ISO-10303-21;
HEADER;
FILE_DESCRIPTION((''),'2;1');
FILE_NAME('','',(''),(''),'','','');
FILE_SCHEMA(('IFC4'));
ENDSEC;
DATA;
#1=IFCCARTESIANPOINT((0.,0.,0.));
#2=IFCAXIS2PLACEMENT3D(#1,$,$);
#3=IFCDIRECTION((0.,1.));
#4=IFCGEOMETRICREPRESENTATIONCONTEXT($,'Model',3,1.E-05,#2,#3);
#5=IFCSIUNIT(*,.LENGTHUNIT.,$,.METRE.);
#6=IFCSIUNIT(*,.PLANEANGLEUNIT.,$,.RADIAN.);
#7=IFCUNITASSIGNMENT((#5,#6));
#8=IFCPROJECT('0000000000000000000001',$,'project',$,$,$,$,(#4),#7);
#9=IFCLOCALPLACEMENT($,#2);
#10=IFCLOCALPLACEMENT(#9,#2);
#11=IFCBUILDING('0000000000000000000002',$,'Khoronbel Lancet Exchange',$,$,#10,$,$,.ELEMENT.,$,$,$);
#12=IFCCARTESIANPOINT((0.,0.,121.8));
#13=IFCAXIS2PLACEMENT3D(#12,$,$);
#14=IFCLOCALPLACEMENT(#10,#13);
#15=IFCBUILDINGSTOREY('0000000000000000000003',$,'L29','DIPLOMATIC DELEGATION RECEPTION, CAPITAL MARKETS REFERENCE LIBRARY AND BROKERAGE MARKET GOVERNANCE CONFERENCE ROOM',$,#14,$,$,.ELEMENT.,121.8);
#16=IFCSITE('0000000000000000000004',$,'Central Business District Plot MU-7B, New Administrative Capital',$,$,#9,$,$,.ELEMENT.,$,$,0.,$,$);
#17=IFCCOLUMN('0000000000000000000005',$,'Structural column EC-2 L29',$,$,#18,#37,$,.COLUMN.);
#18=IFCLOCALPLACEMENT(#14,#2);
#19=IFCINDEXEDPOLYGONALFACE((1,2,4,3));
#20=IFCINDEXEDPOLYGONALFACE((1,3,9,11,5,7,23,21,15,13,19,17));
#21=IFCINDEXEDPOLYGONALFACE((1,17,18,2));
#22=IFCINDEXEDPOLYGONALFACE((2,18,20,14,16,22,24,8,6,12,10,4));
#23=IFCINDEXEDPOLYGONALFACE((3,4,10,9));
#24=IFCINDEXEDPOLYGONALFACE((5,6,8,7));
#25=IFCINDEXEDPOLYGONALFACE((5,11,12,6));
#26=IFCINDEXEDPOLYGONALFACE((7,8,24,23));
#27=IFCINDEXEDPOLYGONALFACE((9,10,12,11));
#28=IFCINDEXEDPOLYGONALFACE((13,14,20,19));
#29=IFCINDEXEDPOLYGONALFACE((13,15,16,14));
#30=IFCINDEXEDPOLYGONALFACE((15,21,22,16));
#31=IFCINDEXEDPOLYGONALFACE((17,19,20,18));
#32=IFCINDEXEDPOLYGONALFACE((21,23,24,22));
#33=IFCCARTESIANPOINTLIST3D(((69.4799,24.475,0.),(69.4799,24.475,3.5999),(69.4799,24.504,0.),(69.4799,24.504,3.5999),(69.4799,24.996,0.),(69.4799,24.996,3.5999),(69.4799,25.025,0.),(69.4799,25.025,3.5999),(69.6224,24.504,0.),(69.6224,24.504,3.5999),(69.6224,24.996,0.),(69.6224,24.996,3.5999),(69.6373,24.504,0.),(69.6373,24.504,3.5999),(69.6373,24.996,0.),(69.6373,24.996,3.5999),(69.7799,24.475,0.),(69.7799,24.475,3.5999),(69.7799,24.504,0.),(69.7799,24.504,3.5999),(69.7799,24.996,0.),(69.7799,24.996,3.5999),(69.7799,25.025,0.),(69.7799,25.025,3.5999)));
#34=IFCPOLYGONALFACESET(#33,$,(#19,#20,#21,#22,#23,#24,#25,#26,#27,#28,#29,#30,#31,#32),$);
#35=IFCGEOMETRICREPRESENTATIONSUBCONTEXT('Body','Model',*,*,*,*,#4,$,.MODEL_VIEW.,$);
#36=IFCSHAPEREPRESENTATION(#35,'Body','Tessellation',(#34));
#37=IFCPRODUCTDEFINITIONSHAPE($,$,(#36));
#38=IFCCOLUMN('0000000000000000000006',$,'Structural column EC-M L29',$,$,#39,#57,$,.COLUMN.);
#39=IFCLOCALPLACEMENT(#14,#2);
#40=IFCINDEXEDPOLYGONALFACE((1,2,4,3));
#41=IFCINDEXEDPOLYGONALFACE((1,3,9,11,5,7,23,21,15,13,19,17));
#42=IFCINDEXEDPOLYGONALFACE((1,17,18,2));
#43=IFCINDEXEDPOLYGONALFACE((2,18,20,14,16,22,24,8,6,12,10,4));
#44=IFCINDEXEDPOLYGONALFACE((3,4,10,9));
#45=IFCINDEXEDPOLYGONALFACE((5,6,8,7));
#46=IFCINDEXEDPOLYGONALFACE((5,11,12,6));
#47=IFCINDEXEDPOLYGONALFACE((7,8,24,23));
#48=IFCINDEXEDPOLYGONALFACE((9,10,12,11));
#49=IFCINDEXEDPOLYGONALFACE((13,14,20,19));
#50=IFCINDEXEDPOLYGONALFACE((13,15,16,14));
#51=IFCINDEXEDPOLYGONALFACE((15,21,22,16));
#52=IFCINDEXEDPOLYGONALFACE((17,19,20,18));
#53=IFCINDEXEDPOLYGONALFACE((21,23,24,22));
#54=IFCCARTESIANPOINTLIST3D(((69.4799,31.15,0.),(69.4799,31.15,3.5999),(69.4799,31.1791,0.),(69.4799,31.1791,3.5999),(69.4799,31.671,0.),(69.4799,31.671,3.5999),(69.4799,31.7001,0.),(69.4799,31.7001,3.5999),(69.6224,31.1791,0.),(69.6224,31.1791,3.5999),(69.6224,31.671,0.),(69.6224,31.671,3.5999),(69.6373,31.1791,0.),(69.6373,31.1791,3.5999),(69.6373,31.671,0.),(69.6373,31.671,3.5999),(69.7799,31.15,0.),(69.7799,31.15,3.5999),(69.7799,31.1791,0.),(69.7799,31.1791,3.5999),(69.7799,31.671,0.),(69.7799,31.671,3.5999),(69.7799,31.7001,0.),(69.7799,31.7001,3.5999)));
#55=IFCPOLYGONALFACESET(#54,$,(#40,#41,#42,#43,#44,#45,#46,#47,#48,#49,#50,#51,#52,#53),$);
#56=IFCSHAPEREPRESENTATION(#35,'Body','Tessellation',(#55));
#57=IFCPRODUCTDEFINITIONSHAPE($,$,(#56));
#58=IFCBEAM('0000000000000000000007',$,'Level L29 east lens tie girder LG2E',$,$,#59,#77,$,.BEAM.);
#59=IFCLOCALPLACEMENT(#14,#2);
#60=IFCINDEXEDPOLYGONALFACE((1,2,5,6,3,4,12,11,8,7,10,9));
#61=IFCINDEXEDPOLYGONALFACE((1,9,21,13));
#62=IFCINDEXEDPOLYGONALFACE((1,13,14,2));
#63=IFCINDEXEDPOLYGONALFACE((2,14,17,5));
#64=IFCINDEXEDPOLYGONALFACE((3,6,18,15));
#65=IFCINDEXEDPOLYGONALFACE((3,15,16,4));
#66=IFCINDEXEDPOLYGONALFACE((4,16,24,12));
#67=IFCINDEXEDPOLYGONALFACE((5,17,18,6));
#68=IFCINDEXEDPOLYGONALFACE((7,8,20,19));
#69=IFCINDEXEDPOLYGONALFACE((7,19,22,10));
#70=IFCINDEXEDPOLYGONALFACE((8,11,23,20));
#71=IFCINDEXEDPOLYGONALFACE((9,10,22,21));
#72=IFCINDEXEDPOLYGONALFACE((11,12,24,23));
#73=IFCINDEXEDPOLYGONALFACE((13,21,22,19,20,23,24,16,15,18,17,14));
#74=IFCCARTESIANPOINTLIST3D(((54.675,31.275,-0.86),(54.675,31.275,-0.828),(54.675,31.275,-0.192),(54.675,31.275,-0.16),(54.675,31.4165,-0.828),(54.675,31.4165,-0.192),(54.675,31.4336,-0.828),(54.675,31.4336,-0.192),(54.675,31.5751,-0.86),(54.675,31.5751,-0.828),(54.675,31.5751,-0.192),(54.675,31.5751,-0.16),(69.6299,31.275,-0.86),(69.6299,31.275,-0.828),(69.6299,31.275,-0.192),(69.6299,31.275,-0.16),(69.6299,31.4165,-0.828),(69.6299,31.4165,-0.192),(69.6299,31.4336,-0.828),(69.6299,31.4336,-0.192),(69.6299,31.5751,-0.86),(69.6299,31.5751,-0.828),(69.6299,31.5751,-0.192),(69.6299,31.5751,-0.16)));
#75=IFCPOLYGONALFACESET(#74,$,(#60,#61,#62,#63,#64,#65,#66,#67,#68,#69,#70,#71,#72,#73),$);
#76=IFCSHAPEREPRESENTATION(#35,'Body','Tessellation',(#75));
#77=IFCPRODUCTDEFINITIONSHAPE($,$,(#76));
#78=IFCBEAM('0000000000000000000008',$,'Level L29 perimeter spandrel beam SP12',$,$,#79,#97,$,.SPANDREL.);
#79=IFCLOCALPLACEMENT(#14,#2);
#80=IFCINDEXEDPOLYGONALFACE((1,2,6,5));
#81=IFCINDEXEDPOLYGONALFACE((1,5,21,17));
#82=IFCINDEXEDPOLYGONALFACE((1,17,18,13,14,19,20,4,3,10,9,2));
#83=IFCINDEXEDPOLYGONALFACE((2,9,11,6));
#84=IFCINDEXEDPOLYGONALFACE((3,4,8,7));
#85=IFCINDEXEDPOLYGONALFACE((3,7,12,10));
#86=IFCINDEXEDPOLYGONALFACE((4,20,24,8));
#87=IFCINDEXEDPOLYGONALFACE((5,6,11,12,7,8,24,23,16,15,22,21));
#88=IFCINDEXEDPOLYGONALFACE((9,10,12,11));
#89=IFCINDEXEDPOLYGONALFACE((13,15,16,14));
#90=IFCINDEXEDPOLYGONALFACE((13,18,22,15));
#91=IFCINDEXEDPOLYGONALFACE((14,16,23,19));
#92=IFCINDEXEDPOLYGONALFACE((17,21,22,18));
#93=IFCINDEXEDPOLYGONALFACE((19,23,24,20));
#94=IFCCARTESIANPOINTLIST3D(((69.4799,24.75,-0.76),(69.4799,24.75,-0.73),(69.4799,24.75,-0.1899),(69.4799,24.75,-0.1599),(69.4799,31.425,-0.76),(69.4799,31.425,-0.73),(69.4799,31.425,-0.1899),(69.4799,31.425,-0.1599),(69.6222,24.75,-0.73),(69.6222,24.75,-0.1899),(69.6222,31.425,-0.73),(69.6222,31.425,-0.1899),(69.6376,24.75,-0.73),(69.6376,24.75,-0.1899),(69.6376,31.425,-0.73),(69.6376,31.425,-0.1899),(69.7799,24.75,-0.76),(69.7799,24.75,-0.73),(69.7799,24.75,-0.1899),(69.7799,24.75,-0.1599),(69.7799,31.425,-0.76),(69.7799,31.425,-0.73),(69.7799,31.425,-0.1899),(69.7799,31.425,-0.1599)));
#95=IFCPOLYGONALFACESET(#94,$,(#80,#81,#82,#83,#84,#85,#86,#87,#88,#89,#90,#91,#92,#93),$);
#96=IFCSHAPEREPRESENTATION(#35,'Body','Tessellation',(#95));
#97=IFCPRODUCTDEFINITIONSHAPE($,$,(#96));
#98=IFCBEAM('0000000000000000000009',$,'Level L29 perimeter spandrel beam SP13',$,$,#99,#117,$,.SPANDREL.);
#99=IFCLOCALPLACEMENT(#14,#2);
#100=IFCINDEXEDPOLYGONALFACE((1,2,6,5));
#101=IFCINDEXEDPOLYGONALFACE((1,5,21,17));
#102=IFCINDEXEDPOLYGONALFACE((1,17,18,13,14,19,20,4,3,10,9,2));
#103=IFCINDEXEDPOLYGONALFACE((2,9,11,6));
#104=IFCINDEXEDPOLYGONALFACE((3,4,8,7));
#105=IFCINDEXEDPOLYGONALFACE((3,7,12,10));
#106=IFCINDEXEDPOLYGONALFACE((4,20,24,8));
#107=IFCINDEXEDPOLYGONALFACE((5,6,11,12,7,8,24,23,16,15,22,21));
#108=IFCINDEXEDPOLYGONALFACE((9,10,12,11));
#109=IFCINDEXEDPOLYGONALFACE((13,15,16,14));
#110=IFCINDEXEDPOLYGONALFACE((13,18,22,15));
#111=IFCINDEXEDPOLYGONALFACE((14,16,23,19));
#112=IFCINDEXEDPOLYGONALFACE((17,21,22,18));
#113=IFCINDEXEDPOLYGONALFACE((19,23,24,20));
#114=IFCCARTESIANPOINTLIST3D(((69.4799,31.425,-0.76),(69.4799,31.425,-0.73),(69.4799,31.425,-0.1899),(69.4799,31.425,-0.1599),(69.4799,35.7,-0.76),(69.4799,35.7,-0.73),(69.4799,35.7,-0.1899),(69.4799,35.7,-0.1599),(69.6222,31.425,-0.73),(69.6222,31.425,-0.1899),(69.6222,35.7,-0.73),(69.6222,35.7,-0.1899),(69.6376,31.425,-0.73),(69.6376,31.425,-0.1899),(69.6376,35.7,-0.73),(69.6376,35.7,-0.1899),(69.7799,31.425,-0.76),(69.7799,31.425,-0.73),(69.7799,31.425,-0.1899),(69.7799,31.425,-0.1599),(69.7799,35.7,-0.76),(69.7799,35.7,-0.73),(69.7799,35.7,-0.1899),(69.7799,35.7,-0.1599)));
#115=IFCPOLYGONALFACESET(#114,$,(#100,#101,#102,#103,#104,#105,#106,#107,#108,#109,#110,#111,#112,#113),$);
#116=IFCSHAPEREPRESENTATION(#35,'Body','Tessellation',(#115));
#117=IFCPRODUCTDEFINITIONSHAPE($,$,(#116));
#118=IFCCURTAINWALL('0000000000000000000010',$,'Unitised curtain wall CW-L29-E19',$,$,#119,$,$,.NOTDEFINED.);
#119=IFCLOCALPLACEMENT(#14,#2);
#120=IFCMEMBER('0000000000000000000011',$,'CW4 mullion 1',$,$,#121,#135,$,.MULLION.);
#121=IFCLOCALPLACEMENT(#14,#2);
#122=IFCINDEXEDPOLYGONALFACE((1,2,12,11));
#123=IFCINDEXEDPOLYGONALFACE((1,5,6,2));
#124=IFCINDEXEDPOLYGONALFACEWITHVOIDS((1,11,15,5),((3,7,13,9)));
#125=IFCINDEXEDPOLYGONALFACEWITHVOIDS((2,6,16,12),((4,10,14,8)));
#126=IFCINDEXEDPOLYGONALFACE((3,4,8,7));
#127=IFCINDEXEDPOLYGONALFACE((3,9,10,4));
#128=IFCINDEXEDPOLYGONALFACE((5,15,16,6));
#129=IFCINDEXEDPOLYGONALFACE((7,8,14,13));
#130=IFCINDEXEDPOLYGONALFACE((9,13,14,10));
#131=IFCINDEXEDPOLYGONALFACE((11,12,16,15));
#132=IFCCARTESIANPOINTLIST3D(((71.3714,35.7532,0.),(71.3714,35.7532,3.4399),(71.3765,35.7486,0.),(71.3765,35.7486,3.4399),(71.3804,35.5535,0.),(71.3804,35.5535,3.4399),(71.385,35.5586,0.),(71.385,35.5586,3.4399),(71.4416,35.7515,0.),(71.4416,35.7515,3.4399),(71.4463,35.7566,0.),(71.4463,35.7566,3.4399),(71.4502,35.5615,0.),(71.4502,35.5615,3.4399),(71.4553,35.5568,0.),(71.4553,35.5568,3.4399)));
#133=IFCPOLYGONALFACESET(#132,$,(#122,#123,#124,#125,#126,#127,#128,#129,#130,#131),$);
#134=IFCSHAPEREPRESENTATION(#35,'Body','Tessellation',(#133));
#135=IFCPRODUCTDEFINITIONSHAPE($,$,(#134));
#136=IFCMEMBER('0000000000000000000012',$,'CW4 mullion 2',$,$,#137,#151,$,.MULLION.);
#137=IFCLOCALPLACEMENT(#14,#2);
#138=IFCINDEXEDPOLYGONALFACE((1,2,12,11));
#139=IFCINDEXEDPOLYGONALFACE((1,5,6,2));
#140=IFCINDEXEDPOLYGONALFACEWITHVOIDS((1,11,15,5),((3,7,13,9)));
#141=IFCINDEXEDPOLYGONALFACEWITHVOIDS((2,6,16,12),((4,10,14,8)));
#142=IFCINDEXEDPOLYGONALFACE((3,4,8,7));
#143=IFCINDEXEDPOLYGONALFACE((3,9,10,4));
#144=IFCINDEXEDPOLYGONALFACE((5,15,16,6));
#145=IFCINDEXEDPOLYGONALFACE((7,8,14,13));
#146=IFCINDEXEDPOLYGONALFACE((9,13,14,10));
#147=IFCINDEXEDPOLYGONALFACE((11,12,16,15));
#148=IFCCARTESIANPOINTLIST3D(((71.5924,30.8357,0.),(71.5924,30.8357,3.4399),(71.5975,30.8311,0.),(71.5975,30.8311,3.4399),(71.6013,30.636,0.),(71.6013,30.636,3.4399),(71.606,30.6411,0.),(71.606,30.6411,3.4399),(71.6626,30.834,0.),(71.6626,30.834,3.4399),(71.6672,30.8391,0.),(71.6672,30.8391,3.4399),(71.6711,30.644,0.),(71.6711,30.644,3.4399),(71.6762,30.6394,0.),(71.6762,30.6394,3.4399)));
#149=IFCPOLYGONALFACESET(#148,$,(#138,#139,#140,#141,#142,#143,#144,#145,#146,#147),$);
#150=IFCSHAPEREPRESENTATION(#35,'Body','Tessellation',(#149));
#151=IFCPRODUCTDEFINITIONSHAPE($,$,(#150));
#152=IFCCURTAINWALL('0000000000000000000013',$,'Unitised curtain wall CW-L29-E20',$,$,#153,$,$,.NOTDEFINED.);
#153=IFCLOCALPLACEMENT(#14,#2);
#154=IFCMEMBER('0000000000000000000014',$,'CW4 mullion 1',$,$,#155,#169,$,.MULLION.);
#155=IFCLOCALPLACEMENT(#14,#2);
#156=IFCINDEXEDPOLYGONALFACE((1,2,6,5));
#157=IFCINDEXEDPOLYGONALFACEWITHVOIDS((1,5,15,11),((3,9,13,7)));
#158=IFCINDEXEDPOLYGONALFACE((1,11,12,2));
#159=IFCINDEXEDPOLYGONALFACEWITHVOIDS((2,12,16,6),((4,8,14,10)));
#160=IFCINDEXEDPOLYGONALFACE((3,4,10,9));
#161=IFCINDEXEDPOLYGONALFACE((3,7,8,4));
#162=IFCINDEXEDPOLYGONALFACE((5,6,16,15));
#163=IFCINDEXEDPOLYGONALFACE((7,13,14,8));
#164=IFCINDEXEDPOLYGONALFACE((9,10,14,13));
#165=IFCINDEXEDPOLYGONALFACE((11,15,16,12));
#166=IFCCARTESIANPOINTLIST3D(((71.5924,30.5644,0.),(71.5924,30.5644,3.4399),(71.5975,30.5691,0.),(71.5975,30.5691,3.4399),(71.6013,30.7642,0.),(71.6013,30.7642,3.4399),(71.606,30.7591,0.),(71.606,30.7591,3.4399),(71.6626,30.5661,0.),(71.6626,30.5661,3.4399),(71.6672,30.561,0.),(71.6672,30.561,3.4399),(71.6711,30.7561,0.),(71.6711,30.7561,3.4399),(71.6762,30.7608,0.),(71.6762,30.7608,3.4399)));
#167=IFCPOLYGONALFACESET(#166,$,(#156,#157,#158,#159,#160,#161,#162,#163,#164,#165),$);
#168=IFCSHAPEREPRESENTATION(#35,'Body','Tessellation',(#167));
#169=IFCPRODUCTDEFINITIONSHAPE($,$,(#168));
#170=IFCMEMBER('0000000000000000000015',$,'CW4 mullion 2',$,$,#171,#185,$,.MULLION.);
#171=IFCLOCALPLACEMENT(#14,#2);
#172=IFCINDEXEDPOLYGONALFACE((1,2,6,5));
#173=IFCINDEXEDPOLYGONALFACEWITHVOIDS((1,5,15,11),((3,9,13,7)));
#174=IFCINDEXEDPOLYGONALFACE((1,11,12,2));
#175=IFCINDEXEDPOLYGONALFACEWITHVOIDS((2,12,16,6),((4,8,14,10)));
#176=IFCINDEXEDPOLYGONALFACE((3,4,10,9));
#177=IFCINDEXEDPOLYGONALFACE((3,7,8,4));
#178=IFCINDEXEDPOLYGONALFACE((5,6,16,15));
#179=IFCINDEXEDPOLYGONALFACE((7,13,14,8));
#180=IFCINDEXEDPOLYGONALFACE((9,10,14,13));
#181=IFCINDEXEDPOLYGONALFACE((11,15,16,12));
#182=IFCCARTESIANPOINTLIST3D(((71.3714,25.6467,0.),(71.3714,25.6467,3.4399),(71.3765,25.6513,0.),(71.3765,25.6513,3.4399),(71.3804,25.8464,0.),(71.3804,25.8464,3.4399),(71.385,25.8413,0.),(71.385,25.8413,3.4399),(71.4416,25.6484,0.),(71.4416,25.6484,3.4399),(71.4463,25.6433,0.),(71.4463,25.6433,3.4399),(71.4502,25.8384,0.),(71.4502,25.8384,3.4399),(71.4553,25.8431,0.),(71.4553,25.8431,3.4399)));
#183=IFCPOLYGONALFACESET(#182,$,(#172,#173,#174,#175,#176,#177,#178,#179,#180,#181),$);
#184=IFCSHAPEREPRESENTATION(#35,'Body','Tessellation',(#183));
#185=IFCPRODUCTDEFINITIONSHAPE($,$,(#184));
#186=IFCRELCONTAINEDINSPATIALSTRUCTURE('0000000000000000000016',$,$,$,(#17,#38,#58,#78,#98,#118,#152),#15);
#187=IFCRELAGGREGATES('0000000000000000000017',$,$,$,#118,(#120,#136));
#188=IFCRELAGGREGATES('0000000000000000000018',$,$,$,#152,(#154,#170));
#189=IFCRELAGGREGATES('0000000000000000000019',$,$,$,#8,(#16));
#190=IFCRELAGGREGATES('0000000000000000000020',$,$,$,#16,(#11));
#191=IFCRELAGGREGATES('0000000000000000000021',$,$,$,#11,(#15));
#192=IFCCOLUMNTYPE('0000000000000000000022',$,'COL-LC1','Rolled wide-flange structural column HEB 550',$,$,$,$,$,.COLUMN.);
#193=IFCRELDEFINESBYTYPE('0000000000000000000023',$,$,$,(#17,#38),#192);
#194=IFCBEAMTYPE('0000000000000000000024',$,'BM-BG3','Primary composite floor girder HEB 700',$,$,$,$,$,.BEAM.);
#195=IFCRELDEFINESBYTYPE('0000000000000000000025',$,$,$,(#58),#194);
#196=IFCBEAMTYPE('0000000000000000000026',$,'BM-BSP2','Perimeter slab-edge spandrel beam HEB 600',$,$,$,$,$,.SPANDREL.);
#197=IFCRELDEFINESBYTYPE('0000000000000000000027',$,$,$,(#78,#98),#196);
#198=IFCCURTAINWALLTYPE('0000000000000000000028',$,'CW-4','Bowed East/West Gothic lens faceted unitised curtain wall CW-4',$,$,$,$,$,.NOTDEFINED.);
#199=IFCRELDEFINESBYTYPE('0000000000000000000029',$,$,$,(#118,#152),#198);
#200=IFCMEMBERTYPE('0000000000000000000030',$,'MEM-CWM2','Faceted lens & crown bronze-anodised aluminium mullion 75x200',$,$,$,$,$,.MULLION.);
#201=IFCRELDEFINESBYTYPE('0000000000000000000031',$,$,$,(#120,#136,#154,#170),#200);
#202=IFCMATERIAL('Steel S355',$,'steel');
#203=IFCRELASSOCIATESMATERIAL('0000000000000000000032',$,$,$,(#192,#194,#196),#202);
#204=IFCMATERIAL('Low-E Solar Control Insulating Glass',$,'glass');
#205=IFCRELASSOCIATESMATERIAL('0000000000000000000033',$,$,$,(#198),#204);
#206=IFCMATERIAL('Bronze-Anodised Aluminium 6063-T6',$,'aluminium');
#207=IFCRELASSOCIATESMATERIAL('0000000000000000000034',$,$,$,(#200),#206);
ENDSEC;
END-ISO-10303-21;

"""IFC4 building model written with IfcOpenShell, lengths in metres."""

from ifc_helpers import new_model, si_unit, direction, frame, origin, origin_2d, place, context, subcontext, project, spatial, hollow_rectangle, i_section, extrude, material, material_profile, profile_set, type_object, element, aggregate, save


model = new_model("IFC4")

# Units and contexts
model_context = context("Model", 3, precision=1e-05, world=origin(), true_north=direction((0.0, 1.0)))
body_context = subcontext(model_context, "Body", "Model", "MODEL_VIEW")
ifc_project = project(units=[si_unit("LENGTHUNIT", "METRE"), si_unit("PLANEANGLEUNIT", "RADIAN")], contexts=[model_context])

# Site, building, storey
site_placement = place(None, origin())
site = spatial("IfcSite", under=ifc_project, at=site_placement, Name="Central Business District Plot MU-7B, New Administrative Capital", CompositionType="ELEMENT", RefElevation=0.0)
building_placement = place(site_placement, origin())
building = spatial("IfcBuilding", under=site, at=building_placement, Name="Khoronbel Lancet Exchange", CompositionType="ELEMENT")
storey_placement = place(building_placement, frame((0.0, 0.0, 121.8)))
storey = spatial("IfcBuildingStorey", under=building, at=storey_placement, Name="L29", Description="DIPLOMATIC DELEGATION RECEPTION, CAPITAL MARKETS REFERENCE LIBRARY AND BROKERAGE MARKET GOVERNANCE CONFERENCE ROOM", CompositionType="ELEMENT", Elevation=121.8)

# Columns
ifc_material_1 = material(Name="Steel S355", Category="steel")
ifc_material_profile_1 = material_profile(ifc_material_1, i_section(OverallWidth=0.3, OverallDepth=0.55, WebThickness=0.0149, FlangeThickness=0.0291, at=origin_2d()), Name="HEB 550")
ifc_profile_set_1 = profile_set([ifc_material_profile_1], Name="Steel S355")
column_type = type_object("IfcColumnType", Name="COL-LC1", Description="Rolled wide-flange structural column HEB 550", PredefinedType="COLUMN", material=ifc_profile_set_1)
for number, where, z_axis, x_axis, name in (
    (1, (69.6299, 24.75, 0.0), (0.0, 0.0, 1.0), (1.0, 0.0, 0.0), "Structural column EC-2 L29"),
    (2, (69.6299, 31.425, 0.0), (0.0, 0.0, 1.0), (1.0, 0.0, 0.0), "Structural column EC-M L29"),
):
    element("IfcColumn", number, at=place(storey_placement, frame(where, z_axis=z_axis, x_axis=x_axis)), inside=storey, type_object=column_type, Name=name, PredefinedType="COLUMN", context=body_context, shape_type="SweptSolid", body=[
        extrude(i_section(OverallWidth=0.3, OverallDepth=0.55, WebThickness=0.0149, FlangeThickness=0.0291, at=origin_2d()), origin(), (0.0, 0.0, 1.0), 3.5999),
    ])

# Beams
ifc_material_profile_2 = material_profile(ifc_material_1, i_section(OverallWidth=0.3, OverallDepth=0.7, WebThickness=0.0171, FlangeThickness=0.032, at=origin_2d()), Name="HEB 700")
ifc_profile_set_2 = profile_set([ifc_material_profile_2], Name="Steel S355")
beam_type_1 = type_object("IfcBeamType", Name="BM-BG3", Description="Primary composite floor girder HEB 700", PredefinedType="BEAM", material=ifc_profile_set_2)
beam_1_placement = place(storey_placement, frame((54.675, 31.425, -0.51), z_axis=(1.0, 0.0, 0.0), x_axis=(0.0, 1.0, 0.0)))
element("IfcBeam", 3, at=beam_1_placement, inside=storey, type_object=beam_type_1, Name="Level L29 east lens tie girder LG2E", PredefinedType="BEAM", context=body_context, shape_type="SweptSolid", body=[
    extrude(i_section(OverallWidth=0.3, OverallDepth=0.7, WebThickness=0.0171, FlangeThickness=0.032, at=origin_2d()), origin(), (0.0, 0.0, 1.0), 14.9548),
])
ifc_material_profile_3 = material_profile(ifc_material_1, i_section(OverallWidth=0.3, OverallDepth=0.6001, WebThickness=0.0154, FlangeThickness=0.03, at=origin_2d()), Name="HEB 600")
ifc_profile_set_3 = profile_set([ifc_material_profile_3], Name="Steel S355")
beam_type_2 = type_object("IfcBeamType", Name="BM-BSP2", Description="Perimeter slab-edge spandrel beam HEB 600", PredefinedType="SPANDREL", material=ifc_profile_set_3)
beam_2_placement = place(storey_placement, frame((69.6299, 24.75, -0.46), z_axis=(0.0, 1.0, 0.0), x_axis=(-1.0, 0.0, 0.0)))
element("IfcBeam", 4, at=beam_2_placement, inside=storey, type_object=beam_type_2, Name="Level L29 perimeter spandrel beam SP12", PredefinedType="SPANDREL", context=body_context, shape_type="SweptSolid", body=[
    extrude(i_section(OverallWidth=0.3, OverallDepth=0.6001, WebThickness=0.0154, FlangeThickness=0.03, at=origin_2d()), origin(), (0.0, 0.0, 1.0), 6.675),
])
beam_3_placement = place(storey_placement, frame((69.6299, 31.425, -0.46), z_axis=(0.0, 1.0, 0.0), x_axis=(-1.0, 0.0, 0.0)))
element("IfcBeam", 5, at=beam_3_placement, inside=storey, type_object=beam_type_2, Name="Level L29 perimeter spandrel beam SP13", PredefinedType="SPANDREL", context=body_context, shape_type="SweptSolid", body=[
    extrude(i_section(OverallWidth=0.3, OverallDepth=0.6001, WebThickness=0.0154, FlangeThickness=0.03, at=origin_2d()), origin(), (0.0, 0.0, 1.0), 4.2749),
])

# Curtain walls, members
ifc_material_2 = material(Name="Low-E Solar Control Insulating Glass", Category="glass")
curtain_wall_type = type_object("IfcCurtainWallType", Name="CW-4", Description="Bowed East/West Gothic lens faceted unitised curtain wall CW-4", PredefinedType="NOTDEFINED", material=ifc_material_2)
curtain_wall_1_placement = place(storey_placement, origin())
curtain_wall_1 = element("IfcCurtainWall", 6, at=curtain_wall_1_placement, inside=storey, type_object=curtain_wall_type, Name="Unitised curtain wall CW-L29-E19", PredefinedType="NOTDEFINED")
ifc_material_3 = material(Name="Bronze-Anodised Aluminium 6063-T6", Category="aluminium")
ifc_material_profile_4 = material_profile(ifc_material_3, hollow_rectangle(XDim=0.075, YDim=0.2, WallThickness=0.0049, at=origin_2d()), Name="ALU MULLION 75x200")
ifc_profile_set_4 = profile_set([ifc_material_profile_4], Name="Bronze-Anodised Aluminium 6063-T6")
member_type_1 = type_object("IfcMemberType", Name="MEM-CWM2", Description="Faceted lens & crown bronze-anodised aluminium mullion 75x200", PredefinedType="MULLION", material=ifc_profile_set_4)
member_1_placement = place(storey_placement, frame((71.4133, 35.655, 0.0), z_axis=(0.0, 0.0, 1.0), x_axis=(0.998993, 0.044862, 0.0)))
member_1 = element("IfcMember", 7, at=member_1_placement, type_object=member_type_1, Name="CW4 mullion 1", PredefinedType="MULLION", context=body_context, shape_type="SweptSolid", body=[
    extrude(hollow_rectangle(XDim=0.075, YDim=0.2, WallThickness=0.0049, at=origin_2d()), origin(), (0.0, 0.0, 1.0), 3.4399),
])
member_2_placement = place(storey_placement, frame((71.6343, 30.7375, 0.0), z_axis=(0.0, 0.0, 1.0), x_axis=(0.998993, 0.044862, 0.0)))
member_2 = element("IfcMember", 8, at=member_2_placement, type_object=member_type_1, Name="CW4 mullion 2", PredefinedType="MULLION", context=body_context, shape_type="SweptSolid", body=[
    extrude(hollow_rectangle(XDim=0.075, YDim=0.2, WallThickness=0.0049, at=origin_2d()), origin(), (0.0, 0.0, 1.0), 3.4399),
])
curtain_wall_2_placement = place(storey_placement, origin())
curtain_wall_2 = element("IfcCurtainWall", 9, at=curtain_wall_2_placement, inside=storey, type_object=curtain_wall_type, Name="Unitised curtain wall CW-L29-E20", PredefinedType="NOTDEFINED")
member_3_placement = place(storey_placement, frame((71.6343, 30.6626, 0.0), z_axis=(0.0, 0.0, 1.0), x_axis=(0.998993, -0.044862, 0.0)))
member_3 = element("IfcMember", 10, at=member_3_placement, type_object=member_type_1, Name="CW4 mullion 1", PredefinedType="MULLION", context=body_context, shape_type="SweptSolid", body=[
    extrude(hollow_rectangle(XDim=0.075, YDim=0.2, WallThickness=0.0049, at=origin_2d()), origin(), (0.0, 0.0, 1.0), 3.4399),
])
member_4_placement = place(storey_placement, frame((71.4133, 25.7449, 0.0), z_axis=(0.0, 0.0, 1.0), x_axis=(0.998993, -0.044862, 0.0)))
member_4 = element("IfcMember", 11, at=member_4_placement, type_object=member_type_1, Name="CW4 mullion 2", PredefinedType="MULLION", context=body_context, shape_type="SweptSolid", body=[
    extrude(hollow_rectangle(XDim=0.075, YDim=0.2, WallThickness=0.0049, at=origin_2d()), origin(), (0.0, 0.0, 1.0), 3.4399),
])

aggregate(curtain_wall_1, [member_1, member_2])
aggregate(curtain_wall_2, [member_3, member_4])

save(model, "model.ifc")
